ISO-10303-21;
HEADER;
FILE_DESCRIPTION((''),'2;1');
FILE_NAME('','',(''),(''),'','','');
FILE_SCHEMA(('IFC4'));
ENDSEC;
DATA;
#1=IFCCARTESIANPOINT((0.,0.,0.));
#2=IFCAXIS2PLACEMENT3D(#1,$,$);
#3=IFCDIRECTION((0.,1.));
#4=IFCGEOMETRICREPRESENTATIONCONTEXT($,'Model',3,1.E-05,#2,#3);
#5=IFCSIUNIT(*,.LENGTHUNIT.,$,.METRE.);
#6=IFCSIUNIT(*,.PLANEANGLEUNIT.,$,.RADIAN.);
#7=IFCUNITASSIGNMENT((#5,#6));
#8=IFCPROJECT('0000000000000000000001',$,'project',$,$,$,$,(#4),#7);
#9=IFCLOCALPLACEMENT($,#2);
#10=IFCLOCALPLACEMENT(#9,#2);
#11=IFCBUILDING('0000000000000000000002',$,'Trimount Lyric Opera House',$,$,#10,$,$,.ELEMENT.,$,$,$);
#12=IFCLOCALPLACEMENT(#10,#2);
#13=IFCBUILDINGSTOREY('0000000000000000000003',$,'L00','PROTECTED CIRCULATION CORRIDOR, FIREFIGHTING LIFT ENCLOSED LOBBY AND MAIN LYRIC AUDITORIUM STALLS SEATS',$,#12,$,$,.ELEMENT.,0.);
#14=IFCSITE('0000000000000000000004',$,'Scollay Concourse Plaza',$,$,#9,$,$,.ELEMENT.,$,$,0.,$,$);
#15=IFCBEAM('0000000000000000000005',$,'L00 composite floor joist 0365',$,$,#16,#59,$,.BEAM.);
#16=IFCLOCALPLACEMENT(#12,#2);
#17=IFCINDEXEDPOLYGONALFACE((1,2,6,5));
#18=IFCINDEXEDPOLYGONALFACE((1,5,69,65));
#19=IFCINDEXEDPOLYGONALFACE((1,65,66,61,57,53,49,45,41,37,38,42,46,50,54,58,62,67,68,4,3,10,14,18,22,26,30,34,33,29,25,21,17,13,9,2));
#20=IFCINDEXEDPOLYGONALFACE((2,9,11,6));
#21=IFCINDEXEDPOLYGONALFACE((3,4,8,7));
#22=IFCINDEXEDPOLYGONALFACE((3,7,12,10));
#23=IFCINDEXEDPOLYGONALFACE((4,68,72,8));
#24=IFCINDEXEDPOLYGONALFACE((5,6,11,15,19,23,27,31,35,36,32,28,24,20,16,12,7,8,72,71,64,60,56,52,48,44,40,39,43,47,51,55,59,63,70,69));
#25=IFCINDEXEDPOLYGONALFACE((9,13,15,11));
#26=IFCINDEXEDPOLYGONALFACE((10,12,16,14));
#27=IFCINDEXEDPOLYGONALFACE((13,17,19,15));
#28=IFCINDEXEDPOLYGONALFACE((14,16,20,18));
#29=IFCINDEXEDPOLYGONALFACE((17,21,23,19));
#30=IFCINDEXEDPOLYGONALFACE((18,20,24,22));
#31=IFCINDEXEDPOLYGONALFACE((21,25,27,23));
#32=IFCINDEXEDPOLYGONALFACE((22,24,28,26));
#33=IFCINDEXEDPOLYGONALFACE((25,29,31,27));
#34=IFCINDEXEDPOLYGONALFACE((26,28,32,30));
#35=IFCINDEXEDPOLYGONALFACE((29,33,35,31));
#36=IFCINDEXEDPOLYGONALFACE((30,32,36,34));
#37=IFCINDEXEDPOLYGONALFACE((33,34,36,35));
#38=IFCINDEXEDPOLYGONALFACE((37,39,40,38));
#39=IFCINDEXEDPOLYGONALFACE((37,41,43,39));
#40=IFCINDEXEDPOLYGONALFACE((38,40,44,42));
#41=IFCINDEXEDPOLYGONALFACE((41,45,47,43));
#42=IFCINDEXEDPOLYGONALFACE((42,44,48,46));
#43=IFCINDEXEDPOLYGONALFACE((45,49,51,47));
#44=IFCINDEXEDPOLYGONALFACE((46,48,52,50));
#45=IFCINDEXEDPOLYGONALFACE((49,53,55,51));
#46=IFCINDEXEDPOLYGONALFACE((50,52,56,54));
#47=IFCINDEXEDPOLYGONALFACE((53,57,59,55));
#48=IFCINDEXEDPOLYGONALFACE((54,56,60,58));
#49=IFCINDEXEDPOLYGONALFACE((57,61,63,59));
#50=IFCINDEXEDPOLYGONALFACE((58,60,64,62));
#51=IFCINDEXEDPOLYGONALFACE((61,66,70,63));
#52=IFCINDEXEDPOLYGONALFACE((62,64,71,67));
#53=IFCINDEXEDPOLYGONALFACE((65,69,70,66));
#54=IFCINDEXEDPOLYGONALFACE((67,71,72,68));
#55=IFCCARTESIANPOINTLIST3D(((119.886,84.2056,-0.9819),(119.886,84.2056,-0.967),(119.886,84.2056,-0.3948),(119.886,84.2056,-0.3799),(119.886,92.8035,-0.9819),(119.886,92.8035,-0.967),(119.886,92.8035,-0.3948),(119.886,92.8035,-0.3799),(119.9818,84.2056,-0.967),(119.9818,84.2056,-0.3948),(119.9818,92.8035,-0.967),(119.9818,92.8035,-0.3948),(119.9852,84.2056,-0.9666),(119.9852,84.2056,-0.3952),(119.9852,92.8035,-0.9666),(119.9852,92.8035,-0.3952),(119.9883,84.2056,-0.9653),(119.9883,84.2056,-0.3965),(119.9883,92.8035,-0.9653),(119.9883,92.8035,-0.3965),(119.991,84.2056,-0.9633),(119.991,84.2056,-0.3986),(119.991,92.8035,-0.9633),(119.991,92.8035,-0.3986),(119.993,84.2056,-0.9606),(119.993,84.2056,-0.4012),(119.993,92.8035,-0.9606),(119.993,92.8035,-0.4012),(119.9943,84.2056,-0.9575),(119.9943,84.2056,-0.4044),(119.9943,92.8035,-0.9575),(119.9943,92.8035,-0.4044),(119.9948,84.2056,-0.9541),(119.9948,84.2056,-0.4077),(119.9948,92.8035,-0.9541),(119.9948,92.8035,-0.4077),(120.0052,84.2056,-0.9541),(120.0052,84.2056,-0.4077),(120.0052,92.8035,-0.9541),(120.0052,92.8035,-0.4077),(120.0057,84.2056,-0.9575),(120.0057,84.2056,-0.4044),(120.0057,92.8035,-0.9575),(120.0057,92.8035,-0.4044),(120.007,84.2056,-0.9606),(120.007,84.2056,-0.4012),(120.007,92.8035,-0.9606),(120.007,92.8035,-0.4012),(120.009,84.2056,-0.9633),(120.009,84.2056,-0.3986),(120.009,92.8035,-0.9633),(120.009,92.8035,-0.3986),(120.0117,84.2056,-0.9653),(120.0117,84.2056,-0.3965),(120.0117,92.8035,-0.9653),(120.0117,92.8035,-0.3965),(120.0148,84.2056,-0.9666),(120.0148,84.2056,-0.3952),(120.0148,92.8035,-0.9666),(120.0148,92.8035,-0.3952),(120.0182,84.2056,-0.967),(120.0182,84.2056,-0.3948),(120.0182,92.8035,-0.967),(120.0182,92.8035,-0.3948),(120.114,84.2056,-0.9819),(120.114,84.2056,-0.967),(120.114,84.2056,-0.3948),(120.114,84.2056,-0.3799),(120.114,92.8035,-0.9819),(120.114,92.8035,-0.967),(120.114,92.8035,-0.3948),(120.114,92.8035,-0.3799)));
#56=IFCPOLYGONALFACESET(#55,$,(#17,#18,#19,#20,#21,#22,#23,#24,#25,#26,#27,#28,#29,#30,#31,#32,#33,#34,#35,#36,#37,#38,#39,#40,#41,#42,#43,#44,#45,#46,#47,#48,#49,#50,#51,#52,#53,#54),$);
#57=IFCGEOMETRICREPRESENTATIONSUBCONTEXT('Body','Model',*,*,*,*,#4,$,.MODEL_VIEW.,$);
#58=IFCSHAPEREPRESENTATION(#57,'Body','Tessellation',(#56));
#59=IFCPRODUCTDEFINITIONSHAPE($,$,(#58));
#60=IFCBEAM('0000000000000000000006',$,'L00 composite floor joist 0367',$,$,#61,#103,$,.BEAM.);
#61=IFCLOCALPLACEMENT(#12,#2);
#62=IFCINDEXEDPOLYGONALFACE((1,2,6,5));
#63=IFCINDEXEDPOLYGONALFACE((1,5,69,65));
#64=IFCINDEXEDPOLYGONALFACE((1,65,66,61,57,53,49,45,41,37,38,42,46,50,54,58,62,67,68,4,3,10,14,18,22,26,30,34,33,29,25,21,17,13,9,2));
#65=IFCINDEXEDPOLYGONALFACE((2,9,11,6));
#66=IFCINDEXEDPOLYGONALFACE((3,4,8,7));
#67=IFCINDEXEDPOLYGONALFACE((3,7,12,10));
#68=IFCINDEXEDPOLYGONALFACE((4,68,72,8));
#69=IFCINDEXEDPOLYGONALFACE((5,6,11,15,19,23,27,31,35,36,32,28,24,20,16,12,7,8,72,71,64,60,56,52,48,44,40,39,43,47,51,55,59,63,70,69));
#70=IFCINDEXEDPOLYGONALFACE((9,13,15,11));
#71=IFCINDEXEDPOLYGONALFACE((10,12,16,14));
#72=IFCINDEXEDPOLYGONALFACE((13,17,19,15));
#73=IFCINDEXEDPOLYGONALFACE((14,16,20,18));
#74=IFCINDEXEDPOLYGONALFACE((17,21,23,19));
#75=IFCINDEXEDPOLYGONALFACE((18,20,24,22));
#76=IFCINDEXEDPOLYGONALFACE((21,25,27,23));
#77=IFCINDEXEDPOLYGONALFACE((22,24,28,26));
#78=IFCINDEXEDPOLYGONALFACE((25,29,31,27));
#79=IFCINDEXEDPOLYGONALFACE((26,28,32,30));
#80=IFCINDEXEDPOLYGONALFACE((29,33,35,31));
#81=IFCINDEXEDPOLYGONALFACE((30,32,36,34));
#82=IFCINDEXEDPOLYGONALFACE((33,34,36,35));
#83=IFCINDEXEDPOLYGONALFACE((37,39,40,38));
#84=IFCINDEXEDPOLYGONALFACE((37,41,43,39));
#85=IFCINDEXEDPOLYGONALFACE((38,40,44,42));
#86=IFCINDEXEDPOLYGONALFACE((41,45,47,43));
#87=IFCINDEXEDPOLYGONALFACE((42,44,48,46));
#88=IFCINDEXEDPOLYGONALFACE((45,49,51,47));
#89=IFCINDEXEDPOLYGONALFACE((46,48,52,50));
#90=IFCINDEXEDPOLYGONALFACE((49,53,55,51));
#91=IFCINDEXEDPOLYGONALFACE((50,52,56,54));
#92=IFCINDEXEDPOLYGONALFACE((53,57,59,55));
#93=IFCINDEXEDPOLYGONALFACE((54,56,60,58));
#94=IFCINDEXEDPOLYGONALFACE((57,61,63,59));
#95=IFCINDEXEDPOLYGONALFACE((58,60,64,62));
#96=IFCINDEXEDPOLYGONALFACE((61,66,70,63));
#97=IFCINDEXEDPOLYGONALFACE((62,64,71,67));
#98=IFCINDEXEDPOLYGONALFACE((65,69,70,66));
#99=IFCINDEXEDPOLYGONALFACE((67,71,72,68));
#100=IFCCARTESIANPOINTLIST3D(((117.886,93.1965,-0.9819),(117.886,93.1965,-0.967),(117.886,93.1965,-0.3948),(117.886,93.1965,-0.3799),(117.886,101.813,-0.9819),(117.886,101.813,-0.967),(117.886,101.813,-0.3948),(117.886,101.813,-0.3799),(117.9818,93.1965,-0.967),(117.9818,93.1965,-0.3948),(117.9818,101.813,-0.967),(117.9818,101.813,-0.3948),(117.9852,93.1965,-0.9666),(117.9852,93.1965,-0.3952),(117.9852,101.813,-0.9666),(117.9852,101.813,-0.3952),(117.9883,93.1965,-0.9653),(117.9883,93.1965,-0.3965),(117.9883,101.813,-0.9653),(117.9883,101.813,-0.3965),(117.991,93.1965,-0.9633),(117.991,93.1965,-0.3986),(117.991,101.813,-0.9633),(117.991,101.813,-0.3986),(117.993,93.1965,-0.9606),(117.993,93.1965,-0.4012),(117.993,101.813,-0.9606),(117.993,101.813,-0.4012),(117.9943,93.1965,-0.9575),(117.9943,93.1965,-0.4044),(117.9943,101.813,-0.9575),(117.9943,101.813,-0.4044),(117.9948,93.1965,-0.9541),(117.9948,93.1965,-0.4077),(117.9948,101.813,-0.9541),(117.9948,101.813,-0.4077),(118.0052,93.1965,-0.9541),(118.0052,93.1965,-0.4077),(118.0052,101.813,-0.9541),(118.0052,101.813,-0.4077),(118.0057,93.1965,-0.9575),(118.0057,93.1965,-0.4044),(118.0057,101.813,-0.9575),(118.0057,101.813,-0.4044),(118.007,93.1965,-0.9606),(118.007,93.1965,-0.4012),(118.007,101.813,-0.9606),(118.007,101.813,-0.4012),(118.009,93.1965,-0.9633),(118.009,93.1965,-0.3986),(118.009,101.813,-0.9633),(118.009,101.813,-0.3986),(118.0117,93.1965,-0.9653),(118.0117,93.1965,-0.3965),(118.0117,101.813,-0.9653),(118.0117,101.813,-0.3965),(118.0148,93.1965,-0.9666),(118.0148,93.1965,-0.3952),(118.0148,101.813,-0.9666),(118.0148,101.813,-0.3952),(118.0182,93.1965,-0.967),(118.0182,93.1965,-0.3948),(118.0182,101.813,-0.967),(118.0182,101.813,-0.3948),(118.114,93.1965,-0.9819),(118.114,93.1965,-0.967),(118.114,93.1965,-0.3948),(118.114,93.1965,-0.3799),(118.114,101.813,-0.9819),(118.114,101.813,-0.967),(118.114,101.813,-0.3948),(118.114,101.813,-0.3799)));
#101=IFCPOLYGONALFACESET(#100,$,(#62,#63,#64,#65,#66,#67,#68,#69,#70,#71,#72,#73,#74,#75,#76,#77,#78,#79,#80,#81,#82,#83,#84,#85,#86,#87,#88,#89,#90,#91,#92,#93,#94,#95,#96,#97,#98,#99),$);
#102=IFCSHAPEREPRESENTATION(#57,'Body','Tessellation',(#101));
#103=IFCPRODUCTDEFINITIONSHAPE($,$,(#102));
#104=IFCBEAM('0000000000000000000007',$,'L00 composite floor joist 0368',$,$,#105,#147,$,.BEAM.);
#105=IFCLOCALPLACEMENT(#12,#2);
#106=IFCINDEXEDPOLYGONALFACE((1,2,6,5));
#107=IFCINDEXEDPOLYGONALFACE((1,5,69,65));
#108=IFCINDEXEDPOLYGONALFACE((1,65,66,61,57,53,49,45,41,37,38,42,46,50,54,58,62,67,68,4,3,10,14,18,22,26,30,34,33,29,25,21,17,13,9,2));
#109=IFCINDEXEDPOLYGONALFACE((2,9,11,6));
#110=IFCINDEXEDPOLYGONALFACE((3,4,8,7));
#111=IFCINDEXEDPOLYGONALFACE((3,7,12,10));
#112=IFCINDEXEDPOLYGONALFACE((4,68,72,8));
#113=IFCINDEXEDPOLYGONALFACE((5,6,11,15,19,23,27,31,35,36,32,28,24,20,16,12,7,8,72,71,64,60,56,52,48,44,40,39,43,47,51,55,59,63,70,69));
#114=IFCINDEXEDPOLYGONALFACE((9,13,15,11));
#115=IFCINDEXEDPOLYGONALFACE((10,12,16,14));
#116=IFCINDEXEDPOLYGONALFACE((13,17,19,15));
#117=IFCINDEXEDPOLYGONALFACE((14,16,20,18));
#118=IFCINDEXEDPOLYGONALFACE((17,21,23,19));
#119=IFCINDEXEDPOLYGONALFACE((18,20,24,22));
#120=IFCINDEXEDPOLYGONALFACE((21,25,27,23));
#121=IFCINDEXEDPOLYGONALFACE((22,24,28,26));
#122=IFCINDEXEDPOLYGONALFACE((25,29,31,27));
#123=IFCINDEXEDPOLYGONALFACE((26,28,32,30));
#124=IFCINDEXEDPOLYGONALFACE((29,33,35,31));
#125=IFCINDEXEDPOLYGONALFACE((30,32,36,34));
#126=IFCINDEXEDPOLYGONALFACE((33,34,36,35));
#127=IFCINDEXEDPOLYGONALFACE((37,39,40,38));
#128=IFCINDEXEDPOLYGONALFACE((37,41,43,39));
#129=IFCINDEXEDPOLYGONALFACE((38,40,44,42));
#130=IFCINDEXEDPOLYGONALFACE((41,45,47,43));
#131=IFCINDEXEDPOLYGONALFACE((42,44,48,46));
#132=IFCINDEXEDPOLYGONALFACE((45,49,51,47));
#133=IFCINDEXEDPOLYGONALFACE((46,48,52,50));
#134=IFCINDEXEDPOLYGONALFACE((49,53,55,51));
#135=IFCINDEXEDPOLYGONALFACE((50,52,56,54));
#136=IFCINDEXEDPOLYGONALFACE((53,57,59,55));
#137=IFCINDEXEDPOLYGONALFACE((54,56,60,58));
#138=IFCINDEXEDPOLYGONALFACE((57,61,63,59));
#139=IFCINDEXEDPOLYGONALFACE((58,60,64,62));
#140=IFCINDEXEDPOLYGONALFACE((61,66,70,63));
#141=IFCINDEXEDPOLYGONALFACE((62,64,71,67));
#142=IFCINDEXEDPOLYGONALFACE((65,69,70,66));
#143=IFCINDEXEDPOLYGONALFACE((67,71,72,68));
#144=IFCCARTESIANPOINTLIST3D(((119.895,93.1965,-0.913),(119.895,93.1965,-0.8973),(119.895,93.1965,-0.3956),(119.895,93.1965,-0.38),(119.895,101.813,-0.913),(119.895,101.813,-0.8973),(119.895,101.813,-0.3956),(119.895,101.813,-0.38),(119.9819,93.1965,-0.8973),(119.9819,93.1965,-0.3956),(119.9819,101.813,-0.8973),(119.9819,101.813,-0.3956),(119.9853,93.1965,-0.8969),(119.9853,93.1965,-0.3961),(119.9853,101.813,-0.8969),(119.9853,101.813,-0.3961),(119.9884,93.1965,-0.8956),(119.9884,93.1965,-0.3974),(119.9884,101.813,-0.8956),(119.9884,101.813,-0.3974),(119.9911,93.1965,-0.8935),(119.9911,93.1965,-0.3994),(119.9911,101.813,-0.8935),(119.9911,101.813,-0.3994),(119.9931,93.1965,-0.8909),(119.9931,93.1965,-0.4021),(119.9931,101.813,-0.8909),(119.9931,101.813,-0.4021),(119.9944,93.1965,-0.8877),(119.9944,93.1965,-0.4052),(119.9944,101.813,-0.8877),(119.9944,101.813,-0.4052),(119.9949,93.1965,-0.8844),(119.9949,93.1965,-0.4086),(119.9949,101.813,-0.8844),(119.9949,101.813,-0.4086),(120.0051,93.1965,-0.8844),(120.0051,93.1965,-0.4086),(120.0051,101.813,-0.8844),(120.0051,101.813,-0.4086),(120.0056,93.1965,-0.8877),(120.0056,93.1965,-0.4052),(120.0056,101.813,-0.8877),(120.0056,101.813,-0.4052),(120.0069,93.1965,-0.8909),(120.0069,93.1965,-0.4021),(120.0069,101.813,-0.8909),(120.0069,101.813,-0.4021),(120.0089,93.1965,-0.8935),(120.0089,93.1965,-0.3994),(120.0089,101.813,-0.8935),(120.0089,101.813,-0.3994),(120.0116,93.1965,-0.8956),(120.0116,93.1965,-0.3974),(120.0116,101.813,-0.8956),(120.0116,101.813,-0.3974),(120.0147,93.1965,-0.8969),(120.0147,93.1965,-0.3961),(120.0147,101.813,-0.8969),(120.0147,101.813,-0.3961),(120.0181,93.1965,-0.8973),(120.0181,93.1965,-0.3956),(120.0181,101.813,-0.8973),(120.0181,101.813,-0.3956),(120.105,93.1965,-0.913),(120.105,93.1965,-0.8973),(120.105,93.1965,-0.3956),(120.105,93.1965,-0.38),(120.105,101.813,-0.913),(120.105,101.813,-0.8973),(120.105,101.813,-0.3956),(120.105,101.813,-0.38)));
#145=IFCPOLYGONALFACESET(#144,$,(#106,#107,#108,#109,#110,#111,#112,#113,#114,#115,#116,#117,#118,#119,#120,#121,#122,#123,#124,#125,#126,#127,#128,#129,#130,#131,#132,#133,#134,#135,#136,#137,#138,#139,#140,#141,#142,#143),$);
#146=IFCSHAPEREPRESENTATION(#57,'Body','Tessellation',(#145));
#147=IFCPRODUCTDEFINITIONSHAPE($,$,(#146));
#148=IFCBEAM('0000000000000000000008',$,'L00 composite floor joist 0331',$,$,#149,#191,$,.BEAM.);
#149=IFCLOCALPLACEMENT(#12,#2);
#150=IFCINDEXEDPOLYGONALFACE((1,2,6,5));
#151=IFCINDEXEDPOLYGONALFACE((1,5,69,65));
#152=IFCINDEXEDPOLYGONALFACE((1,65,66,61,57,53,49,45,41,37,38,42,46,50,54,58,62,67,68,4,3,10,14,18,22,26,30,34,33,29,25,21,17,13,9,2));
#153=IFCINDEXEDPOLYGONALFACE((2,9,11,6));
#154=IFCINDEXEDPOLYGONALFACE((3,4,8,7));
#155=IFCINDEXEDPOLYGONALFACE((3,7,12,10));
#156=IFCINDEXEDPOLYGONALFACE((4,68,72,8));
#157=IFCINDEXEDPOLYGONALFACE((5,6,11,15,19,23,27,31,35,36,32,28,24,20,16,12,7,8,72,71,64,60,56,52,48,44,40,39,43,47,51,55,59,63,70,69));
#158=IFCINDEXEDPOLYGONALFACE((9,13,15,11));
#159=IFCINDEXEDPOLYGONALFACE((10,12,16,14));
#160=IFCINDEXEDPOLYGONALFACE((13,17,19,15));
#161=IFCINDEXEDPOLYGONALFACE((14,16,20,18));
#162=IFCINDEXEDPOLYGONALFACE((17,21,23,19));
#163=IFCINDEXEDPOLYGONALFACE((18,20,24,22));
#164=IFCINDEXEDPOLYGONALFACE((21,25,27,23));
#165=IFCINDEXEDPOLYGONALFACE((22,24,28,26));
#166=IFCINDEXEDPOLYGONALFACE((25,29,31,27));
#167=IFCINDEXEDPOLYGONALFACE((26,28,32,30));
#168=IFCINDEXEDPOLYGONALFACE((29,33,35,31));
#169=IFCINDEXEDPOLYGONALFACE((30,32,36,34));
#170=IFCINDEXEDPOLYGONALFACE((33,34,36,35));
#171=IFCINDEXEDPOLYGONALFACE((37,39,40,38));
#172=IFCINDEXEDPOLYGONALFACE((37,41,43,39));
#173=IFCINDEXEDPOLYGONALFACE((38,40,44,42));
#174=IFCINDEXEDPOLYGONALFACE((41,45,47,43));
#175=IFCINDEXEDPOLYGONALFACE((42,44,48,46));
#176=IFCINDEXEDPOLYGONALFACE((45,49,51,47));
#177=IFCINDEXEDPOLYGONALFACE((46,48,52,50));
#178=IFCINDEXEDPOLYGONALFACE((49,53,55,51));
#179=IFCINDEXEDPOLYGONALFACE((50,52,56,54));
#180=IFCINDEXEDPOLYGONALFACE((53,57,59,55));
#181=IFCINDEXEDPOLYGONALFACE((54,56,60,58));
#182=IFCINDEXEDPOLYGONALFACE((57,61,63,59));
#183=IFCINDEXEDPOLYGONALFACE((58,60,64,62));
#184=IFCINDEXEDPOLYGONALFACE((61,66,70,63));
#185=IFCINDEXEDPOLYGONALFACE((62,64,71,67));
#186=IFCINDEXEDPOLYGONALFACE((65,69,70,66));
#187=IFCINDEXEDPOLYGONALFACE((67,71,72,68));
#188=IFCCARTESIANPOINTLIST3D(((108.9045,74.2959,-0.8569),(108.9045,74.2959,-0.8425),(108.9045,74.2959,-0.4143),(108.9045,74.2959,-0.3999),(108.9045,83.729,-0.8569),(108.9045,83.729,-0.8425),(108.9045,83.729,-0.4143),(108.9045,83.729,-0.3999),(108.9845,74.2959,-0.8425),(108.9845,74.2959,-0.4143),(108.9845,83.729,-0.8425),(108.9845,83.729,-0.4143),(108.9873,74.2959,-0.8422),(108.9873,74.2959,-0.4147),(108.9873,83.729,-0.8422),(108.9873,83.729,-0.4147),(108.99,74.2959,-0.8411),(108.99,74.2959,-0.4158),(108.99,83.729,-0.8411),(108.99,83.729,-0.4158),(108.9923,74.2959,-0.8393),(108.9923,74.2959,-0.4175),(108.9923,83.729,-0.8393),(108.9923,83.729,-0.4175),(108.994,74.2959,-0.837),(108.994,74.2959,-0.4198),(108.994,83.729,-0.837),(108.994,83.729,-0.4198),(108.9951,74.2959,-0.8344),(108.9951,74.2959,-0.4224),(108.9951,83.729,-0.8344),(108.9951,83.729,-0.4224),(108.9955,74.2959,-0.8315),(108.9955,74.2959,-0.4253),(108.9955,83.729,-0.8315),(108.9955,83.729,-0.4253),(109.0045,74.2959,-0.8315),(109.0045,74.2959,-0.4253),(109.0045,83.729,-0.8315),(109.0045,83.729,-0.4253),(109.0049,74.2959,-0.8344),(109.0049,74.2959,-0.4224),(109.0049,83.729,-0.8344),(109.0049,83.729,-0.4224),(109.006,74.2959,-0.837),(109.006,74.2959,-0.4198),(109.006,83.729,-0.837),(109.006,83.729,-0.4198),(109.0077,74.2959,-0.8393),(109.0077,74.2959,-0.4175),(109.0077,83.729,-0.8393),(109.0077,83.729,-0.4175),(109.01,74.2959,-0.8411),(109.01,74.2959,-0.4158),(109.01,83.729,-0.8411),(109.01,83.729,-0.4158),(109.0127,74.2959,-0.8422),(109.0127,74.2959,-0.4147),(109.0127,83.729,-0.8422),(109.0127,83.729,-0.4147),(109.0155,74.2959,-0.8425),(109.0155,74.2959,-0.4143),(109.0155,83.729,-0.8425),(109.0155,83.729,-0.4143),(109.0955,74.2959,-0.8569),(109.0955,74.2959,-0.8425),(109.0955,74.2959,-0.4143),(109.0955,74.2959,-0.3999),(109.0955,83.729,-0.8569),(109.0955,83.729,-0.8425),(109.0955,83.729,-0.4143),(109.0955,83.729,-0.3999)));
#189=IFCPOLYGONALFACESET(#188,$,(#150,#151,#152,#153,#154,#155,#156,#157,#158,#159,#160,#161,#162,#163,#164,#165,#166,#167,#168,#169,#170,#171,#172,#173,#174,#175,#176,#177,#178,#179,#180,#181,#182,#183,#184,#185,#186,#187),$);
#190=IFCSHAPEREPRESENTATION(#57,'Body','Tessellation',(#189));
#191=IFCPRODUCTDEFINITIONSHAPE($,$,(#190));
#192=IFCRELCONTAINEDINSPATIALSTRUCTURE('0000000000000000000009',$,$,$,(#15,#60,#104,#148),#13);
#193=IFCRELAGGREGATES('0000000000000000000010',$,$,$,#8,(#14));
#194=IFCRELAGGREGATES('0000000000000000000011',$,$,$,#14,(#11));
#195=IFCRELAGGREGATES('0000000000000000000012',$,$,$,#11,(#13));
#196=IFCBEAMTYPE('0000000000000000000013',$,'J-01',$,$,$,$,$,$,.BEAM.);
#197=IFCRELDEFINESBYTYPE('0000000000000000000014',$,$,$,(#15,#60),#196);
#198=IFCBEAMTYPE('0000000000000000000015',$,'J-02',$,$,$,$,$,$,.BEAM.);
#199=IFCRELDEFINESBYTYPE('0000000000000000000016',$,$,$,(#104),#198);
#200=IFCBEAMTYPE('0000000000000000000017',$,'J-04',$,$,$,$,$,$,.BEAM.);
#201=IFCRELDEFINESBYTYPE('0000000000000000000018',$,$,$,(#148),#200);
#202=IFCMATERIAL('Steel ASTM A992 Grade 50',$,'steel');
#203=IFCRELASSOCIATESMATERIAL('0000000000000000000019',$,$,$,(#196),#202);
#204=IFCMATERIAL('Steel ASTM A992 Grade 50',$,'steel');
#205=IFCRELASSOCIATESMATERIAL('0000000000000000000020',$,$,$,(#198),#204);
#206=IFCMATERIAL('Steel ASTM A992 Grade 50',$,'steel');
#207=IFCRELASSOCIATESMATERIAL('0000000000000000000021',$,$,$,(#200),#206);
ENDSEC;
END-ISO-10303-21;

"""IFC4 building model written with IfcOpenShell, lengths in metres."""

from ifc_helpers import new_model, si_unit, direction, frame, origin, origin_2d, place, context, subcontext, project, spatial, i_section, extrude, material, material_profile, profile_set, type_object, element, save


model = new_model("IFC4")

# Units and contexts
model_context = context("Model", 3, precision=1e-05, world=origin(), true_north=direction((0.0, 1.0)))
body_context = subcontext(model_context, "Body", "Model", "MODEL_VIEW")
ifc_project = project(units=[si_unit("LENGTHUNIT", "METRE"), si_unit("PLANEANGLEUNIT", "RADIAN")], contexts=[model_context])

# Site, building, storey
site_placement = place(None, origin())
site = spatial("IfcSite", under=ifc_project, at=site_placement, Name="Scollay Concourse Plaza", CompositionType="ELEMENT", RefElevation=0.0)
building_placement = place(site_placement, origin())
building = spatial("IfcBuilding", under=site, at=building_placement, Name="Trimount Lyric Opera House", CompositionType="ELEMENT")
storey_placement = place(building_placement, origin())
storey = spatial("IfcBuildingStorey", under=building, at=storey_placement, Name="L00", Description="PROTECTED CIRCULATION CORRIDOR, FIREFIGHTING LIFT ENCLOSED LOBBY AND MAIN LYRIC AUDITORIUM STALLS SEATS", CompositionType="ELEMENT", Elevation=0.0)

# Beams
ifc_material_1 = material(Name="Steel ASTM A992 Grade 50", Category="steel")
ifc_material_profile_1 = material_profile(ifc_material_1, i_section(OverallWidth=0.228, OverallDepth=0.6021, WebThickness=0.0105, FlangeThickness=0.0149, FilletRadius=0.0129, at=origin_2d()), Name="W24X68")
ifc_profile_set_1 = profile_set([ifc_material_profile_1], Name="Steel ASTM A992 Grade 50")
beam_type_1 = type_object("IfcBeamType", Name="J-01", PredefinedType="BEAM", material=ifc_profile_set_1)
beam_1_placement = place(storey_placement, frame((120.0, 84.2056, -0.6809), z_axis=(0.0, 1.0, 0.0), x_axis=(-1.0, 0.0, 0.0)))
element("IfcBeam", 1, at=beam_1_placement, inside=storey, type_object=beam_type_1, Name="L00 composite floor joist 0365", PredefinedType="BEAM", context=body_context, shape_type="SweptSolid", body=[
    extrude(i_section(OverallWidth=0.228, OverallDepth=0.6021, WebThickness=0.0105, FlangeThickness=0.0149, FilletRadius=0.0129, at=origin_2d()), origin(), (0.0, 0.0, 1.0), 8.5979),
])
beam_2_placement = place(storey_placement, frame((118.0, 93.1965, -0.6809), z_axis=(0.0, 1.0, 0.0), x_axis=(-1.0, 0.0, 0.0)))
element("IfcBeam", 2, at=beam_2_placement, inside=storey, type_object=beam_type_1, Name="L00 composite floor joist 0367", PredefinedType="BEAM", context=body_context, shape_type="SweptSolid", body=[
    extrude(i_section(OverallWidth=0.228, OverallDepth=0.6021, WebThickness=0.0105, FlangeThickness=0.0149, FilletRadius=0.0129, at=origin_2d()), origin(), (0.0, 0.0, 1.0), 8.6165),
])
ifc_material_2 = material(Name="Steel ASTM A992 Grade 50", Category="steel")
ifc_material_profile_2 = material_profile(ifc_material_2, i_section(OverallWidth=0.21, OverallDepth=0.533, WebThickness=0.0103, FlangeThickness=0.0156, FilletRadius=0.0129, at=origin_2d()), Name="W21X62")
ifc_profile_set_2 = profile_set([ifc_material_profile_2], Name="Steel ASTM A992 Grade 50")
beam_type_2 = type_object("IfcBeamType", Name="J-02", PredefinedType="BEAM", material=ifc_profile_set_2)
beam_3_placement = place(storey_placement, frame((120.0, 93.1965, -0.6465), z_axis=(0.0, 1.0, 0.0), x_axis=(-1.0, 0.0, 0.0)))
element("IfcBeam", 3, at=beam_3_placement, inside=storey, type_object=beam_type_2, Name="L00 composite floor joist 0368", PredefinedType="BEAM", context=body_context, shape_type="SweptSolid", body=[
    extrude(i_section(OverallWidth=0.21, OverallDepth=0.533, WebThickness=0.0103, FlangeThickness=0.0156, FilletRadius=0.0129, at=origin_2d()), origin(), (0.0, 0.0, 1.0), 8.6165),
])
ifc_material_3 = material(Name="Steel ASTM A992 Grade 50", Category="steel")
ifc_material_profile_3 = material_profile(ifc_material_3, i_section(OverallWidth=0.1909, OverallDepth=0.457, WebThickness=0.009, FlangeThickness=0.0144, FilletRadius=0.011, at=origin_2d()), Name="W18X50")
ifc_profile_set_3 = profile_set([ifc_material_profile_3], Name="Steel ASTM A992 Grade 50")
beam_type_3 = type_object("IfcBeamType", Name="J-04", PredefinedType="BEAM", material=ifc_profile_set_3)
beam_4_placement = place(storey_placement, frame((109.0, 74.2959, -0.6284), z_axis=(0.0, 1.0, 0.0), x_axis=(-1.0, 0.0, 0.0)))
element("IfcBeam", 4, at=beam_4_placement, inside=storey, type_object=beam_type_3, Name="L00 composite floor joist 0331", PredefinedType="BEAM", context=body_context, shape_type="SweptSolid", body=[
    extrude(i_section(OverallWidth=0.1909, OverallDepth=0.457, WebThickness=0.009, FlangeThickness=0.0144, FilletRadius=0.011, at=origin_2d()), origin(), (0.0, 0.0, 1.0), 9.4331),
])

save(model, "model.ifc")
